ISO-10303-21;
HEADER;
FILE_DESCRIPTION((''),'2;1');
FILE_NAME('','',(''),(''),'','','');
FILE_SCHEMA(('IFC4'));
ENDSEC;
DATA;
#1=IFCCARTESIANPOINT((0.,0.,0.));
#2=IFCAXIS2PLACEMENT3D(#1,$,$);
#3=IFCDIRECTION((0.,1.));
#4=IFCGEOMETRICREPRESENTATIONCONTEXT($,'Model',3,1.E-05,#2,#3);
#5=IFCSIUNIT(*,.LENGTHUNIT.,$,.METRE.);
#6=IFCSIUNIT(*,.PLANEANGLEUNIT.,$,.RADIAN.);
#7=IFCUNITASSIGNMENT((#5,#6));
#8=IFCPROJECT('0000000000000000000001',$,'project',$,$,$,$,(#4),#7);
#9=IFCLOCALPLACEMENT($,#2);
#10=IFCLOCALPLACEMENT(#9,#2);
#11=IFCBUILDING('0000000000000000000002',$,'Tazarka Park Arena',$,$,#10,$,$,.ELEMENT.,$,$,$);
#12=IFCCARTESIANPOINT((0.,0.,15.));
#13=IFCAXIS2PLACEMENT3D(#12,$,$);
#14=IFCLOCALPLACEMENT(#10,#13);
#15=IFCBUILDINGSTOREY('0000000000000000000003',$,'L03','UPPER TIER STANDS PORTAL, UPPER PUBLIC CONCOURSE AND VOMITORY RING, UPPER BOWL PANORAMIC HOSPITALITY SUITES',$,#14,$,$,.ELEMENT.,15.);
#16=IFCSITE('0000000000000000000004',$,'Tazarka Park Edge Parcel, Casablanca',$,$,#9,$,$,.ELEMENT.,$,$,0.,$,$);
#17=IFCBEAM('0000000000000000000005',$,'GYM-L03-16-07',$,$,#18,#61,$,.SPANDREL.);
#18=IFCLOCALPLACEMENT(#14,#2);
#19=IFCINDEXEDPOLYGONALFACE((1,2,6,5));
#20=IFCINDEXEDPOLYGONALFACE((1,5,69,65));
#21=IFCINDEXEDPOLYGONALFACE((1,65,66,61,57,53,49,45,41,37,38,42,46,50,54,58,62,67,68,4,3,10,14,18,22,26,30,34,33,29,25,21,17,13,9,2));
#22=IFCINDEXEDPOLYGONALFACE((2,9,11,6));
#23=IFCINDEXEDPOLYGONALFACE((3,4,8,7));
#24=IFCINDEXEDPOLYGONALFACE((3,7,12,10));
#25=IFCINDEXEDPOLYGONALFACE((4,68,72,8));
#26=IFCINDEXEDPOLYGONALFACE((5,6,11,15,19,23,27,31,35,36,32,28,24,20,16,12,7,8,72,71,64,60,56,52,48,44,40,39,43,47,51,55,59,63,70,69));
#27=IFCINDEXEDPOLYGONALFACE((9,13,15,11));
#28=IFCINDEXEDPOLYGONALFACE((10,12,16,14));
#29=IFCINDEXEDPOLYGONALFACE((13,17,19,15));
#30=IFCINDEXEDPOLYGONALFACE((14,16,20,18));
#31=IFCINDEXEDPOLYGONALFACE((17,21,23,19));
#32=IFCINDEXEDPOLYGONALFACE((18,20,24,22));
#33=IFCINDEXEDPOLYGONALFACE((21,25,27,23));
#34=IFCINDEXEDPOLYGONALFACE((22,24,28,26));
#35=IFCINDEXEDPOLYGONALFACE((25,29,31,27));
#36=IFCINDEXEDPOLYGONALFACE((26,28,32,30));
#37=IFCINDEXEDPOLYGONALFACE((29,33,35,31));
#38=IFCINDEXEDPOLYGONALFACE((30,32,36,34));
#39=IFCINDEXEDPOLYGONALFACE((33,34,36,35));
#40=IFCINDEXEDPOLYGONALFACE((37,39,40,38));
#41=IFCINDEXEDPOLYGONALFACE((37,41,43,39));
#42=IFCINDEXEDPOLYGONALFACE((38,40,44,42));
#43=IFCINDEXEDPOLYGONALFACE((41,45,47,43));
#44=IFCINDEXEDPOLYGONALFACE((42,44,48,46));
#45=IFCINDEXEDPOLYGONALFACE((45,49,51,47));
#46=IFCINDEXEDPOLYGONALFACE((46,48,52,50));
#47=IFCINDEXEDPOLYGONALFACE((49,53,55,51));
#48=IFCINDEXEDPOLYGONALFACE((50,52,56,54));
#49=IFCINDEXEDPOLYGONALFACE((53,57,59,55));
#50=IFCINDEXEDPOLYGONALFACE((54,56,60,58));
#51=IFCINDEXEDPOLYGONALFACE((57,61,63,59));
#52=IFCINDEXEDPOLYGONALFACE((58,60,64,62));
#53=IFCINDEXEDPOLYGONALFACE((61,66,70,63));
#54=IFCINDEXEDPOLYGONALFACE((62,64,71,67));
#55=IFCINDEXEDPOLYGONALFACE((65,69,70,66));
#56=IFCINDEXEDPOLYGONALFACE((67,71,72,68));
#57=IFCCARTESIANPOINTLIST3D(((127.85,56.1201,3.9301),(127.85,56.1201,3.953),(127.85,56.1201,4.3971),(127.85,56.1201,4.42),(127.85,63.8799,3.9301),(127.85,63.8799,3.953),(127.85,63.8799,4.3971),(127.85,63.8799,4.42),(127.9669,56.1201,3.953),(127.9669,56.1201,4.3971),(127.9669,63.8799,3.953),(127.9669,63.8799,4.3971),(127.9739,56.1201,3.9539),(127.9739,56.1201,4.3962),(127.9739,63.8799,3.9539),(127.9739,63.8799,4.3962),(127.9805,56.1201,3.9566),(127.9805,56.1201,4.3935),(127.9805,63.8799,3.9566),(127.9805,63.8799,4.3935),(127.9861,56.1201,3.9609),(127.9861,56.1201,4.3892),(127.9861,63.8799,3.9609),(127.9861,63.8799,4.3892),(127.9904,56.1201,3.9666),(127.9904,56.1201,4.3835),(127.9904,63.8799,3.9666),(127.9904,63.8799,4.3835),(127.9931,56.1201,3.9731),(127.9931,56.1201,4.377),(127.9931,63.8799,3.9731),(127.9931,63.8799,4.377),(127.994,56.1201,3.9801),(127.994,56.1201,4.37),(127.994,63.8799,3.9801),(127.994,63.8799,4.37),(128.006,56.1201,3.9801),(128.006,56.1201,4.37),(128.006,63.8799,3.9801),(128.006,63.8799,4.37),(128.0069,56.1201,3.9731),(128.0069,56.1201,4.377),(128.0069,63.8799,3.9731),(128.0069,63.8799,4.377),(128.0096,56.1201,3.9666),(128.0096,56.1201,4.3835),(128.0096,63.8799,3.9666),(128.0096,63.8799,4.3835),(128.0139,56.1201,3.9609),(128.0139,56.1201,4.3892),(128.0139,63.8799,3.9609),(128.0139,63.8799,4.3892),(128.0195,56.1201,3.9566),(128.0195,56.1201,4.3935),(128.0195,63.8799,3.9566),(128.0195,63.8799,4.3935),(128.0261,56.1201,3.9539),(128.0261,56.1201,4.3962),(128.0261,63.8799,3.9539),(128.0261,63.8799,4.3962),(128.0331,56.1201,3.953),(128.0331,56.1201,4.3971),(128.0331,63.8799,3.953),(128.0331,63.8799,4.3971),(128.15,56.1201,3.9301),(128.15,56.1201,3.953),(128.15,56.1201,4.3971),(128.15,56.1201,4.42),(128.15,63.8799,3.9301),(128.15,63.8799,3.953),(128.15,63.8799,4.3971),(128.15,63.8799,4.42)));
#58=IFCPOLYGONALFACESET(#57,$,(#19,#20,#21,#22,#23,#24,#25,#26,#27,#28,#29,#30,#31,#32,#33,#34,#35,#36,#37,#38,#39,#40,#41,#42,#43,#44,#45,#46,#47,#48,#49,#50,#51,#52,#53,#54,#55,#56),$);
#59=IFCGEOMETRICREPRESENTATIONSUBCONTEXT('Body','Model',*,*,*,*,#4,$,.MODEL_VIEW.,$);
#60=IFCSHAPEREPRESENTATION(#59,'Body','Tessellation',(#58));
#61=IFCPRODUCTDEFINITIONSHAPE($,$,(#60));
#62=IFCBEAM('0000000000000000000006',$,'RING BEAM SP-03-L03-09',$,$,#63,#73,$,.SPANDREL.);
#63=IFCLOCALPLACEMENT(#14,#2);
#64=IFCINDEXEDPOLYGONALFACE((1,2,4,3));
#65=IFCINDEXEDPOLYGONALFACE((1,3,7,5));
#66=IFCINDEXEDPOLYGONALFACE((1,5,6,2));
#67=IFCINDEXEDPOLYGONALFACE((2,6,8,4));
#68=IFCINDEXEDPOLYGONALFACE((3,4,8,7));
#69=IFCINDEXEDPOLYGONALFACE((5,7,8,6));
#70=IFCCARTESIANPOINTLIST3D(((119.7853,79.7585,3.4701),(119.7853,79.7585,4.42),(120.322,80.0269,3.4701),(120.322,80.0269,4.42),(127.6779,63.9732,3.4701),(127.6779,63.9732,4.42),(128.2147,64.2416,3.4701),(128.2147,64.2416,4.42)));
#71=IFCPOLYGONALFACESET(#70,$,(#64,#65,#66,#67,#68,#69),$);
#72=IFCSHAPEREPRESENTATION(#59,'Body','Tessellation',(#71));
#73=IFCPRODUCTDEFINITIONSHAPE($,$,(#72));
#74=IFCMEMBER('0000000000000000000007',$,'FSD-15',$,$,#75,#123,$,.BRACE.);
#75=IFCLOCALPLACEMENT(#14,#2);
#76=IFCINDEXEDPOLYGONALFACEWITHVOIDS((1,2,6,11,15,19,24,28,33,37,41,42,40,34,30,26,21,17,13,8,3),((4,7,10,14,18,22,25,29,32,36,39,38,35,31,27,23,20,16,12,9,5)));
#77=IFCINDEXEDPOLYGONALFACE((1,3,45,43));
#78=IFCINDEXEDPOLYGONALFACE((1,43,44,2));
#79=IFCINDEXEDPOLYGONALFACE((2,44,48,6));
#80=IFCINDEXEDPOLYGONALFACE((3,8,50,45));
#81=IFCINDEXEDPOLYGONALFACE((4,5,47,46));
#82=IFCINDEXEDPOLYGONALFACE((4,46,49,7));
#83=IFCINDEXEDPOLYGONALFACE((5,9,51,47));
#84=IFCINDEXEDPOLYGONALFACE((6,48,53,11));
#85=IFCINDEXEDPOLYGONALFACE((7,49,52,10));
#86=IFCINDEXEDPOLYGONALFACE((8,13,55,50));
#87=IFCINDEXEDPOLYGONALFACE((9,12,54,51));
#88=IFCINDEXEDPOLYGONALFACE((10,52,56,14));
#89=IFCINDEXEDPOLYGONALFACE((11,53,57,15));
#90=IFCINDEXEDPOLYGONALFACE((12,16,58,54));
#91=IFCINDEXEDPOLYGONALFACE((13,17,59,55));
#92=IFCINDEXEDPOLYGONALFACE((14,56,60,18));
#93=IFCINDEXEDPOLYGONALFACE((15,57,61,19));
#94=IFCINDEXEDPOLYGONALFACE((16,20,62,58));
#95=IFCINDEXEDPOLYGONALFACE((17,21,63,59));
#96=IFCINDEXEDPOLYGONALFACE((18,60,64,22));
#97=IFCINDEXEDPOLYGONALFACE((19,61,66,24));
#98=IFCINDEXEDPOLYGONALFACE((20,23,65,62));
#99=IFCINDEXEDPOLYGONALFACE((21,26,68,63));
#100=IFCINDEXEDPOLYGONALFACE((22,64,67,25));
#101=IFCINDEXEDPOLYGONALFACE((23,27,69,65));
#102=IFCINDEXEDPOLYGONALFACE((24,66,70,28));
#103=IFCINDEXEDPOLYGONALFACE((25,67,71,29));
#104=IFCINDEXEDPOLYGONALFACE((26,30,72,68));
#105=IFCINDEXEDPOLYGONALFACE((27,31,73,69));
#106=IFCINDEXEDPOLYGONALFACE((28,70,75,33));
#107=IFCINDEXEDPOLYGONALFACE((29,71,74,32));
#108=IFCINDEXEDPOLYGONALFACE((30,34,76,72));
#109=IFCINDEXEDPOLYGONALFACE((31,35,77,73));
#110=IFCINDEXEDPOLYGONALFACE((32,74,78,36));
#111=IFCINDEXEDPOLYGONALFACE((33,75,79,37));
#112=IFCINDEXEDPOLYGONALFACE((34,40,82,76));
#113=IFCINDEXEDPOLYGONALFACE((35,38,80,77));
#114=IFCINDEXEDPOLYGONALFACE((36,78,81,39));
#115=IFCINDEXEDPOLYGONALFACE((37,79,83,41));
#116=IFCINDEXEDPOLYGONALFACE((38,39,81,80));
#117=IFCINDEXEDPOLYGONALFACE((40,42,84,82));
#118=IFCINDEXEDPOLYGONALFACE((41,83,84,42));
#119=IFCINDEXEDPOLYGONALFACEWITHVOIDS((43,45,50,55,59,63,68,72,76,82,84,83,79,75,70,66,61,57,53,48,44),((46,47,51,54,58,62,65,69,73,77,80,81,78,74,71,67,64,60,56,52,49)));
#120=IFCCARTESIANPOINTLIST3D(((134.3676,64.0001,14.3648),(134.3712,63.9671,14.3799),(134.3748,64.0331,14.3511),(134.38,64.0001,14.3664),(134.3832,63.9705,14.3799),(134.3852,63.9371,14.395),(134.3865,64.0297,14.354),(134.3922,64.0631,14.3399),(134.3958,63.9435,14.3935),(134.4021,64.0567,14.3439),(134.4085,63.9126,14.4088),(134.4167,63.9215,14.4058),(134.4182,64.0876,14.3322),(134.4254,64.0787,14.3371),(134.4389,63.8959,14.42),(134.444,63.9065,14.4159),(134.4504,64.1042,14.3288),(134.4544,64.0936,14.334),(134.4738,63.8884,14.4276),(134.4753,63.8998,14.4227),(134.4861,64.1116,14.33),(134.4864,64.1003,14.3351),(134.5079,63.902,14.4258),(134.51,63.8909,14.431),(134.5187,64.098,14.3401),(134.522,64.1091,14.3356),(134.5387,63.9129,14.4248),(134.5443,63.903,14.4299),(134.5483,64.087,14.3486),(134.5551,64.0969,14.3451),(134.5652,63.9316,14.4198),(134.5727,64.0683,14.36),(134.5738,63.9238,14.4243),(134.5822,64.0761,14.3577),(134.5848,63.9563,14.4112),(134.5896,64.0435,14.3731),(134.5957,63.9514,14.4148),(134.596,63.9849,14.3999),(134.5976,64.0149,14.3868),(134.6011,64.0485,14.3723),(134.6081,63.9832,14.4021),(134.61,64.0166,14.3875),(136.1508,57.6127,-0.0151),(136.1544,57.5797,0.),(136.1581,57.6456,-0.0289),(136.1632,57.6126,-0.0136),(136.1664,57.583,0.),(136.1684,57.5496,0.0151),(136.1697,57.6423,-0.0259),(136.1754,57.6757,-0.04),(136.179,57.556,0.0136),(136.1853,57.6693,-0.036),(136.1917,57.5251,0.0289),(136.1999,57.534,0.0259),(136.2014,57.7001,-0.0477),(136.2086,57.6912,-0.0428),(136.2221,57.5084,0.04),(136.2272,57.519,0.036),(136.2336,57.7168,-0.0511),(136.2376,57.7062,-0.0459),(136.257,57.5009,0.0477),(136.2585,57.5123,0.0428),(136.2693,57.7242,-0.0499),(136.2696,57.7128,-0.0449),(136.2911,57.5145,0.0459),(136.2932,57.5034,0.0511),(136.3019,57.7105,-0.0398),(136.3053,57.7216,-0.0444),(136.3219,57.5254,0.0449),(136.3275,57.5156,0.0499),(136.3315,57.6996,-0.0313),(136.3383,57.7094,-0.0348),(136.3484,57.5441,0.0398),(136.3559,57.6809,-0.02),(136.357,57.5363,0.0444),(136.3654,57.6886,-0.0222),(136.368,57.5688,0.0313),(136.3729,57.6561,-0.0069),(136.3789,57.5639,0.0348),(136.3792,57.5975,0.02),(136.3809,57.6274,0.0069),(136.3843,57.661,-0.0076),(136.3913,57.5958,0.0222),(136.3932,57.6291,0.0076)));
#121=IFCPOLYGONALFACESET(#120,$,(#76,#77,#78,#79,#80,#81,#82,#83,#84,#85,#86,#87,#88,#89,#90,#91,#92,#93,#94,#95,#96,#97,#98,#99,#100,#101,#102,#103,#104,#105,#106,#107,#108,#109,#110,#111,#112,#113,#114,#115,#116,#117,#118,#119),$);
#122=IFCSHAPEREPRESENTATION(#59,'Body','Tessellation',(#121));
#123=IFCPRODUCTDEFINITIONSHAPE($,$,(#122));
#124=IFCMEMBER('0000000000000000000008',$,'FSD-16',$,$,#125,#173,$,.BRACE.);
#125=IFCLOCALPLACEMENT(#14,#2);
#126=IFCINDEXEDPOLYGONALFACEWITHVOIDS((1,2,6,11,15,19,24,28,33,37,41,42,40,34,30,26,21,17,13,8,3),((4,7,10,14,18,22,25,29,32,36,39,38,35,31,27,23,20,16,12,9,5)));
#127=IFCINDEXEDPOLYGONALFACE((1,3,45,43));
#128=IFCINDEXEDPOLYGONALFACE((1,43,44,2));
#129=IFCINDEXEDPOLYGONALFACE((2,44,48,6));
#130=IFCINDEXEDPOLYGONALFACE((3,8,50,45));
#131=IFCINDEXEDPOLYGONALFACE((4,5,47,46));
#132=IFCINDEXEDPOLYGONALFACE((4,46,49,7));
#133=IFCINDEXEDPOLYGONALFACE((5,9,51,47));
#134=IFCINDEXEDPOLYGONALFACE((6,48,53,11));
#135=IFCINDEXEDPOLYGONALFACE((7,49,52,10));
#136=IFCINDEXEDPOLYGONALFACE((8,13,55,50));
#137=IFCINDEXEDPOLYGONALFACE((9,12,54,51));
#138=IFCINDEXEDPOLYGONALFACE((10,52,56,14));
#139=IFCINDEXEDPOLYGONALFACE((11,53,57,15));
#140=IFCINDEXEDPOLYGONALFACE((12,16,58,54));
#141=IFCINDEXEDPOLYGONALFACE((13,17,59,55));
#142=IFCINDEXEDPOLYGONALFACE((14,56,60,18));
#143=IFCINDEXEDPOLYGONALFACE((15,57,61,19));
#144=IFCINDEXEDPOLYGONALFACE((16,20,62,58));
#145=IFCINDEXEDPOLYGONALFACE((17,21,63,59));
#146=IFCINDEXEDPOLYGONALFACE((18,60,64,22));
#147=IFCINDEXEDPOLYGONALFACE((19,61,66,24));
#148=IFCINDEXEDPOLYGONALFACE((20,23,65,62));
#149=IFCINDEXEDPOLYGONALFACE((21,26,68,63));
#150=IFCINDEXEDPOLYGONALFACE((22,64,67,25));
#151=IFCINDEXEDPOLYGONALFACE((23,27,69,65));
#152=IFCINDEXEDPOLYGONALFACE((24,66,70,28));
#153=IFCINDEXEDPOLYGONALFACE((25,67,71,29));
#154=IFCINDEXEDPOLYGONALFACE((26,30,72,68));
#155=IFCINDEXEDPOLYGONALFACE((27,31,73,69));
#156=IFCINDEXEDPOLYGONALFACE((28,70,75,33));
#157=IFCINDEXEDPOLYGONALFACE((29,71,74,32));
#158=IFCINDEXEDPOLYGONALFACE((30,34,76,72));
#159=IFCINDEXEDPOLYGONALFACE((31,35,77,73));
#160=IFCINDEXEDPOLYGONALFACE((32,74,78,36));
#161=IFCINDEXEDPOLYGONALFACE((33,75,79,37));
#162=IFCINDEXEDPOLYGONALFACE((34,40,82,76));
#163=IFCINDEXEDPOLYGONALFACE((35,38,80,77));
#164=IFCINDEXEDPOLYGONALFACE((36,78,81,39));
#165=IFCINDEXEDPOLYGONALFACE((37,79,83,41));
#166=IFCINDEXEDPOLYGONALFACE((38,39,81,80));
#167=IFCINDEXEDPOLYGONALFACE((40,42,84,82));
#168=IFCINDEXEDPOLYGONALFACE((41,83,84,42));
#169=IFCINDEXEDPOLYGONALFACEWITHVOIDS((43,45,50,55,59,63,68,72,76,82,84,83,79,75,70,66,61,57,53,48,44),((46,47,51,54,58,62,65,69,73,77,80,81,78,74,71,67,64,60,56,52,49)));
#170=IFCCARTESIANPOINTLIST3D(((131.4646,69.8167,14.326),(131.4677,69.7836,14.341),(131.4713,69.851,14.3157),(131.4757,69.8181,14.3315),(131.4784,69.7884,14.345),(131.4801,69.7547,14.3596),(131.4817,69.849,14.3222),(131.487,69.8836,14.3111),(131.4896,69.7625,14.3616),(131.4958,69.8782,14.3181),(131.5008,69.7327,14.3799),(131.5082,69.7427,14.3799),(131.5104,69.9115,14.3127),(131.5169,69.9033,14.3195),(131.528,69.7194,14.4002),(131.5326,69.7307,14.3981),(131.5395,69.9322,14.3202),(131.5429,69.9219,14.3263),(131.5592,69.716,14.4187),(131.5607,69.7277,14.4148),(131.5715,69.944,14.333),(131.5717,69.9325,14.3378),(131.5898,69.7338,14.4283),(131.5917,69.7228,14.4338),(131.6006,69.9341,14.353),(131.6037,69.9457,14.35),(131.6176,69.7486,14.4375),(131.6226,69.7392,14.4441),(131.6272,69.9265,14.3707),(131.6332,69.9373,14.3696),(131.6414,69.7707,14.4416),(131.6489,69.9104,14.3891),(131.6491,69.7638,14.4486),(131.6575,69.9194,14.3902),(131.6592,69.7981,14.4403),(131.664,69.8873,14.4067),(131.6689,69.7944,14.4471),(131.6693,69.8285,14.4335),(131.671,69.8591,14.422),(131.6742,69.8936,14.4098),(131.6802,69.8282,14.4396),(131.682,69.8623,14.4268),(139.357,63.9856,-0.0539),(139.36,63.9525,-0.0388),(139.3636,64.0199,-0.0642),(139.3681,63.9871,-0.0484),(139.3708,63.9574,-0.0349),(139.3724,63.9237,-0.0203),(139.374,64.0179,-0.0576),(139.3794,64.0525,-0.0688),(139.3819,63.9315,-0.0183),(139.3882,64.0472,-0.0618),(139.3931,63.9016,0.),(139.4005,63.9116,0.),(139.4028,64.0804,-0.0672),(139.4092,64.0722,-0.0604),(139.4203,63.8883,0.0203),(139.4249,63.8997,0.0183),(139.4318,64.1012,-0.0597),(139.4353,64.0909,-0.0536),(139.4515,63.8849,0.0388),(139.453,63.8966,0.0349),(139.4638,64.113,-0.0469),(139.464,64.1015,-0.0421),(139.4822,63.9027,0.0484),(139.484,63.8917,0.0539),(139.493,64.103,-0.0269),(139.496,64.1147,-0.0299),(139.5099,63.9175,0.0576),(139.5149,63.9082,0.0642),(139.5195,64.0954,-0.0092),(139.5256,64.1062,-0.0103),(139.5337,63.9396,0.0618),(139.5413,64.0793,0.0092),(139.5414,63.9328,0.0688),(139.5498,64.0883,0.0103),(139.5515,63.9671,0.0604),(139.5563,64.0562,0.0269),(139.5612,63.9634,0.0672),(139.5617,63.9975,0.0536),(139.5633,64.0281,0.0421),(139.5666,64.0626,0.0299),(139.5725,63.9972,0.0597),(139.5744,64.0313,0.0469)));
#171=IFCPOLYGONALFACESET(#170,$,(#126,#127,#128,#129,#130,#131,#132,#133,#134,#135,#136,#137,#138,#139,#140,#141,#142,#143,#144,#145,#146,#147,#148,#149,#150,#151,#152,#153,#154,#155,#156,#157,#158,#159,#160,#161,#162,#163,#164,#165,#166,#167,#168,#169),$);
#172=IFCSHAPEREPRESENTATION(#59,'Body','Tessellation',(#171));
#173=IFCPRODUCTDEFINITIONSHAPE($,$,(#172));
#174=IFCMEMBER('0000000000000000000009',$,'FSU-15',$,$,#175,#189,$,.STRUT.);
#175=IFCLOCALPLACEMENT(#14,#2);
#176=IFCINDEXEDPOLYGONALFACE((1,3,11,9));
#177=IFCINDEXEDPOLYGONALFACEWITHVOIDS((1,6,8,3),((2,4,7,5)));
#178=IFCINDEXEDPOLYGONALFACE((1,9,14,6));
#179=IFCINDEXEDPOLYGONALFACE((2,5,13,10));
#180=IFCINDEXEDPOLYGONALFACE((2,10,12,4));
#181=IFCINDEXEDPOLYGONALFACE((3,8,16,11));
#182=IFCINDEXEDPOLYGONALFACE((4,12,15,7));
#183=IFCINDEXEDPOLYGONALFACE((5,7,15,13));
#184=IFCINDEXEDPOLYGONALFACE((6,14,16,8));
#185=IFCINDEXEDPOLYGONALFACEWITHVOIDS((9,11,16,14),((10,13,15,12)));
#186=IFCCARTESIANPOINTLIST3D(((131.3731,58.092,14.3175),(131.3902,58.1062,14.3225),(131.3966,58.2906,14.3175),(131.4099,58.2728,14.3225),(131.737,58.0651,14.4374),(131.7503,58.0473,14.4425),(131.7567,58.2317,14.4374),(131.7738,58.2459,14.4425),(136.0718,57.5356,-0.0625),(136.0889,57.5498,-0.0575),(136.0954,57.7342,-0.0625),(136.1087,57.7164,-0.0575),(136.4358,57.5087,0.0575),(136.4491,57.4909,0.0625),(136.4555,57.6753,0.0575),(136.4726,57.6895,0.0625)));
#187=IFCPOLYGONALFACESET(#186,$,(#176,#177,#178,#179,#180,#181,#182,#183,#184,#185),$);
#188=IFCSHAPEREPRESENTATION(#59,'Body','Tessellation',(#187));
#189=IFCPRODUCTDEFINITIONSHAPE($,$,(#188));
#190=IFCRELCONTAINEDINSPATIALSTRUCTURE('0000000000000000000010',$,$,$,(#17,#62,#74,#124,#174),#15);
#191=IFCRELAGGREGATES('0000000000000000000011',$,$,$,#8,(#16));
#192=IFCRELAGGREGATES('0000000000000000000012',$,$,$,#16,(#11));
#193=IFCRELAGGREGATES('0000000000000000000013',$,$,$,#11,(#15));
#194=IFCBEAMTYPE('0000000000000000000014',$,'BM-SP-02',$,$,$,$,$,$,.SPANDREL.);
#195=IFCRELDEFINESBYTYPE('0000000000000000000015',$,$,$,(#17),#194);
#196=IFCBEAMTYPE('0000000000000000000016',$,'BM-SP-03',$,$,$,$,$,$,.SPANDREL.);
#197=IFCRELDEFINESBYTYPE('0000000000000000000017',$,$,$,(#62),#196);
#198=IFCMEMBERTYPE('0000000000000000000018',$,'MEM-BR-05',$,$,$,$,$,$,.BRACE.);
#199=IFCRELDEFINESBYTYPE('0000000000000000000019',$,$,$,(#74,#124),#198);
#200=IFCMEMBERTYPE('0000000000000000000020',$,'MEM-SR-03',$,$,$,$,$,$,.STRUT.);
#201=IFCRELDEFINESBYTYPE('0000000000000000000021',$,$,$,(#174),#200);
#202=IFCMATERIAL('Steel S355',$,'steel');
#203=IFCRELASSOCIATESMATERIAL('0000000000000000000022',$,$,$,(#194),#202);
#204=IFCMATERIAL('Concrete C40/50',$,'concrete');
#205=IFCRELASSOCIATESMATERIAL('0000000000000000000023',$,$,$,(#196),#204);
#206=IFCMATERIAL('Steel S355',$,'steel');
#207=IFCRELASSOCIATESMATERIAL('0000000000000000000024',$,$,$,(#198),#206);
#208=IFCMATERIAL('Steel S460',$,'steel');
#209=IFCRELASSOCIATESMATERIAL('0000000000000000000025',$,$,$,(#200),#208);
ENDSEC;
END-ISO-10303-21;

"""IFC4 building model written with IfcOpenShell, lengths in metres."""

from ifc_helpers import new_model, si_unit, direction, frame, origin, origin_2d, place, context, subcontext, project, spatial, rectangle, hollow_rectangle, hollow_circle, i_section, extrude, material, material_profile, profile_set, type_object, element, save


model = new_model("IFC4")

# Units and contexts
model_context = context("Model", 3, precision=1e-05, world=origin(), true_north=direction((0.0, 1.0)))
body_context = subcontext(model_context, "Body", "Model", "MODEL_VIEW")
ifc_project = project(units=[si_unit("LENGTHUNIT", "METRE"), si_unit("PLANEANGLEUNIT", "RADIAN")], contexts=[model_context])

# Site, building, storey
site_placement = place(None, origin())
site = spatial("IfcSite", under=ifc_project, at=site_placement, Name="Tazarka Park Edge Parcel, Casablanca", CompositionType="ELEMENT", RefElevation=0.0)
building_placement = place(site_placement, origin())
building = spatial("IfcBuilding", under=site, at=building_placement, Name="Tazarka Park Arena", CompositionType="ELEMENT")
storey_placement = place(building_placement, frame((0.0, 0.0, 15.0)))
storey = spatial("IfcBuildingStorey", under=building, at=storey_placement, Name="L03", Description="UPPER TIER STANDS PORTAL, UPPER PUBLIC CONCOURSE AND VOMITORY RING, UPPER BOWL PANORAMIC HOSPITALITY SUITES", CompositionType="ELEMENT", Elevation=15.0)

# Beams
ifc_material_1 = material(Name="Steel S355", Category="steel")
ifc_material_profile_1 = material_profile(ifc_material_1, i_section(OverallWidth=0.3, OverallDepth=0.49, WebThickness=0.012, FlangeThickness=0.0229, FilletRadius=0.0271, at=origin_2d()), Name="Steel S355")
ifc_profile_set_1 = profile_set([ifc_material_profile_1], Name="Steel S355")
beam_type_1 = type_object("IfcBeamType", Name="BM-SP-02", PredefinedType="SPANDREL", material=ifc_profile_set_1)
beam_1_placement = place(storey_placement, frame((128.0, 56.1201, 4.175), z_axis=(0.0, 1.0, 0.0), x_axis=(-1.0, 0.0, 0.0)))
element("IfcBeam", 1, at=beam_1_placement, inside=storey, type_object=beam_type_1, Name="GYM-L03-16-07", PredefinedType="SPANDREL", context=body_context, shape_type="SweptSolid", body=[
    extrude(i_section(OverallWidth=0.3, OverallDepth=0.49, WebThickness=0.012, FlangeThickness=0.0229, FilletRadius=0.0271, at=origin_2d()), origin(), (0.0, 0.0, 1.0), 7.7598),
])
ifc_material_2 = material(Name="Concrete C40/50", Category="concrete")
ifc_material_profile_2 = material_profile(ifc_material_2, rectangle(XDim=0.6001, YDim=0.95, at=origin_2d()), Name="Concrete C40/50")
ifc_profile_set_2 = profile_set([ifc_material_profile_2], Name="Concrete C40/50")
beam_type_2 = type_object("IfcBeamType", Name="BM-SP-03", PredefinedType="SPANDREL", material=ifc_profile_set_2)
beam_2_placement = place(storey_placement, frame((127.9463, 64.1074, 3.9451), z_axis=(-0.447214, 0.894427, 0.0), x_axis=(-0.894427, -0.447214, 0.0)))
element("IfcBeam", 2, at=beam_2_placement, inside=storey, type_object=beam_type_2, Name="RING BEAM SP-03-L03-09", PredefinedType="SPANDREL", context=body_context, shape_type="SweptSolid", body=[
    extrude(rectangle(XDim=0.6001, YDim=0.95, at=origin_2d()), origin(), (0.0, 0.0, 1.0), 17.6484),
])

# Members
ifc_material_3 = material(Name="Steel S355", Category="steel")
ifc_material_profile_3 = material_profile(ifc_material_3, hollow_circle(Radius=0.1223, WallThickness=0.0125, at=origin_2d()), Name="Steel S355")
ifc_profile_set_3 = profile_set([ifc_material_profile_3], Name="Steel S355")
member_type_1 = type_object("IfcMemberType", Name="MEM-BR-05", PredefinedType="BRACE", material=ifc_profile_set_3)
member_1_placement = place(storey_placement, frame((136.2722, 57.6125, 0.0), z_axis=(-0.112609, 0.403365, 0.908084), x_axis=(-0.963171, -0.268891, 0.0)))
element("IfcMember", 3, at=member_1_placement, inside=storey, type_object=member_type_1, Name="FSD-15", PredefinedType="BRACE", context=body_context, shape_type="SweptSolid", body=[
    extrude(hollow_circle(Radius=0.1223, WallThickness=0.0125, at=origin_2d()), origin(), (0.0, 0.0, 1.0), 15.8354),
])
member_2_placement = place(storey_placement, frame((139.4658, 64.0, 0.0), z_axis=(-0.45335, 0.334946, 0.826006), x_axis=(-0.594232, -0.804293, 0.0)))
element("IfcMember", 4, at=member_2_placement, inside=storey, type_object=member_type_1, Name="FSD-16", PredefinedType="BRACE", context=body_context, shape_type="SweptSolid", body=[
    extrude(hollow_circle(Radius=0.1223, WallThickness=0.0125, at=origin_2d()), origin(), (0.0, 0.0, 1.0), 17.4089),
])
ifc_material_4 = material(Name="Steel S460", Category="steel")
ifc_material_profile_4 = material_profile(ifc_material_4, hollow_rectangle(XDim=0.2, YDim=0.3999, WallThickness=0.0161, at=origin_2d()), Name="Steel S460")
ifc_profile_set_4 = profile_set([ifc_material_profile_4], Name="Steel S460")
member_type_2 = type_object("IfcMemberType", Name="MEM-SR-03", PredefinedType="STRUT", material=ifc_profile_set_4)
member_3_placement = place(storey_placement, frame((136.2722, 57.6125, 0.0), z_axis=(-0.310387, 0.036754, 0.9499), x_axis=(-0.117593, -0.993062, 0.0)))
element("IfcMember", 5, at=member_3_placement, inside=storey, type_object=member_type_2, Name="FSU-15", PredefinedType="STRUT", context=body_context, shape_type="SweptSolid", body=[
    extrude(hollow_rectangle(XDim=0.2, YDim=0.3999, WallThickness=0.0161, at=origin_2d()), origin(), (0.0, 0.0, 1.0), 15.1384),
])

save(model, "model.ifc")
